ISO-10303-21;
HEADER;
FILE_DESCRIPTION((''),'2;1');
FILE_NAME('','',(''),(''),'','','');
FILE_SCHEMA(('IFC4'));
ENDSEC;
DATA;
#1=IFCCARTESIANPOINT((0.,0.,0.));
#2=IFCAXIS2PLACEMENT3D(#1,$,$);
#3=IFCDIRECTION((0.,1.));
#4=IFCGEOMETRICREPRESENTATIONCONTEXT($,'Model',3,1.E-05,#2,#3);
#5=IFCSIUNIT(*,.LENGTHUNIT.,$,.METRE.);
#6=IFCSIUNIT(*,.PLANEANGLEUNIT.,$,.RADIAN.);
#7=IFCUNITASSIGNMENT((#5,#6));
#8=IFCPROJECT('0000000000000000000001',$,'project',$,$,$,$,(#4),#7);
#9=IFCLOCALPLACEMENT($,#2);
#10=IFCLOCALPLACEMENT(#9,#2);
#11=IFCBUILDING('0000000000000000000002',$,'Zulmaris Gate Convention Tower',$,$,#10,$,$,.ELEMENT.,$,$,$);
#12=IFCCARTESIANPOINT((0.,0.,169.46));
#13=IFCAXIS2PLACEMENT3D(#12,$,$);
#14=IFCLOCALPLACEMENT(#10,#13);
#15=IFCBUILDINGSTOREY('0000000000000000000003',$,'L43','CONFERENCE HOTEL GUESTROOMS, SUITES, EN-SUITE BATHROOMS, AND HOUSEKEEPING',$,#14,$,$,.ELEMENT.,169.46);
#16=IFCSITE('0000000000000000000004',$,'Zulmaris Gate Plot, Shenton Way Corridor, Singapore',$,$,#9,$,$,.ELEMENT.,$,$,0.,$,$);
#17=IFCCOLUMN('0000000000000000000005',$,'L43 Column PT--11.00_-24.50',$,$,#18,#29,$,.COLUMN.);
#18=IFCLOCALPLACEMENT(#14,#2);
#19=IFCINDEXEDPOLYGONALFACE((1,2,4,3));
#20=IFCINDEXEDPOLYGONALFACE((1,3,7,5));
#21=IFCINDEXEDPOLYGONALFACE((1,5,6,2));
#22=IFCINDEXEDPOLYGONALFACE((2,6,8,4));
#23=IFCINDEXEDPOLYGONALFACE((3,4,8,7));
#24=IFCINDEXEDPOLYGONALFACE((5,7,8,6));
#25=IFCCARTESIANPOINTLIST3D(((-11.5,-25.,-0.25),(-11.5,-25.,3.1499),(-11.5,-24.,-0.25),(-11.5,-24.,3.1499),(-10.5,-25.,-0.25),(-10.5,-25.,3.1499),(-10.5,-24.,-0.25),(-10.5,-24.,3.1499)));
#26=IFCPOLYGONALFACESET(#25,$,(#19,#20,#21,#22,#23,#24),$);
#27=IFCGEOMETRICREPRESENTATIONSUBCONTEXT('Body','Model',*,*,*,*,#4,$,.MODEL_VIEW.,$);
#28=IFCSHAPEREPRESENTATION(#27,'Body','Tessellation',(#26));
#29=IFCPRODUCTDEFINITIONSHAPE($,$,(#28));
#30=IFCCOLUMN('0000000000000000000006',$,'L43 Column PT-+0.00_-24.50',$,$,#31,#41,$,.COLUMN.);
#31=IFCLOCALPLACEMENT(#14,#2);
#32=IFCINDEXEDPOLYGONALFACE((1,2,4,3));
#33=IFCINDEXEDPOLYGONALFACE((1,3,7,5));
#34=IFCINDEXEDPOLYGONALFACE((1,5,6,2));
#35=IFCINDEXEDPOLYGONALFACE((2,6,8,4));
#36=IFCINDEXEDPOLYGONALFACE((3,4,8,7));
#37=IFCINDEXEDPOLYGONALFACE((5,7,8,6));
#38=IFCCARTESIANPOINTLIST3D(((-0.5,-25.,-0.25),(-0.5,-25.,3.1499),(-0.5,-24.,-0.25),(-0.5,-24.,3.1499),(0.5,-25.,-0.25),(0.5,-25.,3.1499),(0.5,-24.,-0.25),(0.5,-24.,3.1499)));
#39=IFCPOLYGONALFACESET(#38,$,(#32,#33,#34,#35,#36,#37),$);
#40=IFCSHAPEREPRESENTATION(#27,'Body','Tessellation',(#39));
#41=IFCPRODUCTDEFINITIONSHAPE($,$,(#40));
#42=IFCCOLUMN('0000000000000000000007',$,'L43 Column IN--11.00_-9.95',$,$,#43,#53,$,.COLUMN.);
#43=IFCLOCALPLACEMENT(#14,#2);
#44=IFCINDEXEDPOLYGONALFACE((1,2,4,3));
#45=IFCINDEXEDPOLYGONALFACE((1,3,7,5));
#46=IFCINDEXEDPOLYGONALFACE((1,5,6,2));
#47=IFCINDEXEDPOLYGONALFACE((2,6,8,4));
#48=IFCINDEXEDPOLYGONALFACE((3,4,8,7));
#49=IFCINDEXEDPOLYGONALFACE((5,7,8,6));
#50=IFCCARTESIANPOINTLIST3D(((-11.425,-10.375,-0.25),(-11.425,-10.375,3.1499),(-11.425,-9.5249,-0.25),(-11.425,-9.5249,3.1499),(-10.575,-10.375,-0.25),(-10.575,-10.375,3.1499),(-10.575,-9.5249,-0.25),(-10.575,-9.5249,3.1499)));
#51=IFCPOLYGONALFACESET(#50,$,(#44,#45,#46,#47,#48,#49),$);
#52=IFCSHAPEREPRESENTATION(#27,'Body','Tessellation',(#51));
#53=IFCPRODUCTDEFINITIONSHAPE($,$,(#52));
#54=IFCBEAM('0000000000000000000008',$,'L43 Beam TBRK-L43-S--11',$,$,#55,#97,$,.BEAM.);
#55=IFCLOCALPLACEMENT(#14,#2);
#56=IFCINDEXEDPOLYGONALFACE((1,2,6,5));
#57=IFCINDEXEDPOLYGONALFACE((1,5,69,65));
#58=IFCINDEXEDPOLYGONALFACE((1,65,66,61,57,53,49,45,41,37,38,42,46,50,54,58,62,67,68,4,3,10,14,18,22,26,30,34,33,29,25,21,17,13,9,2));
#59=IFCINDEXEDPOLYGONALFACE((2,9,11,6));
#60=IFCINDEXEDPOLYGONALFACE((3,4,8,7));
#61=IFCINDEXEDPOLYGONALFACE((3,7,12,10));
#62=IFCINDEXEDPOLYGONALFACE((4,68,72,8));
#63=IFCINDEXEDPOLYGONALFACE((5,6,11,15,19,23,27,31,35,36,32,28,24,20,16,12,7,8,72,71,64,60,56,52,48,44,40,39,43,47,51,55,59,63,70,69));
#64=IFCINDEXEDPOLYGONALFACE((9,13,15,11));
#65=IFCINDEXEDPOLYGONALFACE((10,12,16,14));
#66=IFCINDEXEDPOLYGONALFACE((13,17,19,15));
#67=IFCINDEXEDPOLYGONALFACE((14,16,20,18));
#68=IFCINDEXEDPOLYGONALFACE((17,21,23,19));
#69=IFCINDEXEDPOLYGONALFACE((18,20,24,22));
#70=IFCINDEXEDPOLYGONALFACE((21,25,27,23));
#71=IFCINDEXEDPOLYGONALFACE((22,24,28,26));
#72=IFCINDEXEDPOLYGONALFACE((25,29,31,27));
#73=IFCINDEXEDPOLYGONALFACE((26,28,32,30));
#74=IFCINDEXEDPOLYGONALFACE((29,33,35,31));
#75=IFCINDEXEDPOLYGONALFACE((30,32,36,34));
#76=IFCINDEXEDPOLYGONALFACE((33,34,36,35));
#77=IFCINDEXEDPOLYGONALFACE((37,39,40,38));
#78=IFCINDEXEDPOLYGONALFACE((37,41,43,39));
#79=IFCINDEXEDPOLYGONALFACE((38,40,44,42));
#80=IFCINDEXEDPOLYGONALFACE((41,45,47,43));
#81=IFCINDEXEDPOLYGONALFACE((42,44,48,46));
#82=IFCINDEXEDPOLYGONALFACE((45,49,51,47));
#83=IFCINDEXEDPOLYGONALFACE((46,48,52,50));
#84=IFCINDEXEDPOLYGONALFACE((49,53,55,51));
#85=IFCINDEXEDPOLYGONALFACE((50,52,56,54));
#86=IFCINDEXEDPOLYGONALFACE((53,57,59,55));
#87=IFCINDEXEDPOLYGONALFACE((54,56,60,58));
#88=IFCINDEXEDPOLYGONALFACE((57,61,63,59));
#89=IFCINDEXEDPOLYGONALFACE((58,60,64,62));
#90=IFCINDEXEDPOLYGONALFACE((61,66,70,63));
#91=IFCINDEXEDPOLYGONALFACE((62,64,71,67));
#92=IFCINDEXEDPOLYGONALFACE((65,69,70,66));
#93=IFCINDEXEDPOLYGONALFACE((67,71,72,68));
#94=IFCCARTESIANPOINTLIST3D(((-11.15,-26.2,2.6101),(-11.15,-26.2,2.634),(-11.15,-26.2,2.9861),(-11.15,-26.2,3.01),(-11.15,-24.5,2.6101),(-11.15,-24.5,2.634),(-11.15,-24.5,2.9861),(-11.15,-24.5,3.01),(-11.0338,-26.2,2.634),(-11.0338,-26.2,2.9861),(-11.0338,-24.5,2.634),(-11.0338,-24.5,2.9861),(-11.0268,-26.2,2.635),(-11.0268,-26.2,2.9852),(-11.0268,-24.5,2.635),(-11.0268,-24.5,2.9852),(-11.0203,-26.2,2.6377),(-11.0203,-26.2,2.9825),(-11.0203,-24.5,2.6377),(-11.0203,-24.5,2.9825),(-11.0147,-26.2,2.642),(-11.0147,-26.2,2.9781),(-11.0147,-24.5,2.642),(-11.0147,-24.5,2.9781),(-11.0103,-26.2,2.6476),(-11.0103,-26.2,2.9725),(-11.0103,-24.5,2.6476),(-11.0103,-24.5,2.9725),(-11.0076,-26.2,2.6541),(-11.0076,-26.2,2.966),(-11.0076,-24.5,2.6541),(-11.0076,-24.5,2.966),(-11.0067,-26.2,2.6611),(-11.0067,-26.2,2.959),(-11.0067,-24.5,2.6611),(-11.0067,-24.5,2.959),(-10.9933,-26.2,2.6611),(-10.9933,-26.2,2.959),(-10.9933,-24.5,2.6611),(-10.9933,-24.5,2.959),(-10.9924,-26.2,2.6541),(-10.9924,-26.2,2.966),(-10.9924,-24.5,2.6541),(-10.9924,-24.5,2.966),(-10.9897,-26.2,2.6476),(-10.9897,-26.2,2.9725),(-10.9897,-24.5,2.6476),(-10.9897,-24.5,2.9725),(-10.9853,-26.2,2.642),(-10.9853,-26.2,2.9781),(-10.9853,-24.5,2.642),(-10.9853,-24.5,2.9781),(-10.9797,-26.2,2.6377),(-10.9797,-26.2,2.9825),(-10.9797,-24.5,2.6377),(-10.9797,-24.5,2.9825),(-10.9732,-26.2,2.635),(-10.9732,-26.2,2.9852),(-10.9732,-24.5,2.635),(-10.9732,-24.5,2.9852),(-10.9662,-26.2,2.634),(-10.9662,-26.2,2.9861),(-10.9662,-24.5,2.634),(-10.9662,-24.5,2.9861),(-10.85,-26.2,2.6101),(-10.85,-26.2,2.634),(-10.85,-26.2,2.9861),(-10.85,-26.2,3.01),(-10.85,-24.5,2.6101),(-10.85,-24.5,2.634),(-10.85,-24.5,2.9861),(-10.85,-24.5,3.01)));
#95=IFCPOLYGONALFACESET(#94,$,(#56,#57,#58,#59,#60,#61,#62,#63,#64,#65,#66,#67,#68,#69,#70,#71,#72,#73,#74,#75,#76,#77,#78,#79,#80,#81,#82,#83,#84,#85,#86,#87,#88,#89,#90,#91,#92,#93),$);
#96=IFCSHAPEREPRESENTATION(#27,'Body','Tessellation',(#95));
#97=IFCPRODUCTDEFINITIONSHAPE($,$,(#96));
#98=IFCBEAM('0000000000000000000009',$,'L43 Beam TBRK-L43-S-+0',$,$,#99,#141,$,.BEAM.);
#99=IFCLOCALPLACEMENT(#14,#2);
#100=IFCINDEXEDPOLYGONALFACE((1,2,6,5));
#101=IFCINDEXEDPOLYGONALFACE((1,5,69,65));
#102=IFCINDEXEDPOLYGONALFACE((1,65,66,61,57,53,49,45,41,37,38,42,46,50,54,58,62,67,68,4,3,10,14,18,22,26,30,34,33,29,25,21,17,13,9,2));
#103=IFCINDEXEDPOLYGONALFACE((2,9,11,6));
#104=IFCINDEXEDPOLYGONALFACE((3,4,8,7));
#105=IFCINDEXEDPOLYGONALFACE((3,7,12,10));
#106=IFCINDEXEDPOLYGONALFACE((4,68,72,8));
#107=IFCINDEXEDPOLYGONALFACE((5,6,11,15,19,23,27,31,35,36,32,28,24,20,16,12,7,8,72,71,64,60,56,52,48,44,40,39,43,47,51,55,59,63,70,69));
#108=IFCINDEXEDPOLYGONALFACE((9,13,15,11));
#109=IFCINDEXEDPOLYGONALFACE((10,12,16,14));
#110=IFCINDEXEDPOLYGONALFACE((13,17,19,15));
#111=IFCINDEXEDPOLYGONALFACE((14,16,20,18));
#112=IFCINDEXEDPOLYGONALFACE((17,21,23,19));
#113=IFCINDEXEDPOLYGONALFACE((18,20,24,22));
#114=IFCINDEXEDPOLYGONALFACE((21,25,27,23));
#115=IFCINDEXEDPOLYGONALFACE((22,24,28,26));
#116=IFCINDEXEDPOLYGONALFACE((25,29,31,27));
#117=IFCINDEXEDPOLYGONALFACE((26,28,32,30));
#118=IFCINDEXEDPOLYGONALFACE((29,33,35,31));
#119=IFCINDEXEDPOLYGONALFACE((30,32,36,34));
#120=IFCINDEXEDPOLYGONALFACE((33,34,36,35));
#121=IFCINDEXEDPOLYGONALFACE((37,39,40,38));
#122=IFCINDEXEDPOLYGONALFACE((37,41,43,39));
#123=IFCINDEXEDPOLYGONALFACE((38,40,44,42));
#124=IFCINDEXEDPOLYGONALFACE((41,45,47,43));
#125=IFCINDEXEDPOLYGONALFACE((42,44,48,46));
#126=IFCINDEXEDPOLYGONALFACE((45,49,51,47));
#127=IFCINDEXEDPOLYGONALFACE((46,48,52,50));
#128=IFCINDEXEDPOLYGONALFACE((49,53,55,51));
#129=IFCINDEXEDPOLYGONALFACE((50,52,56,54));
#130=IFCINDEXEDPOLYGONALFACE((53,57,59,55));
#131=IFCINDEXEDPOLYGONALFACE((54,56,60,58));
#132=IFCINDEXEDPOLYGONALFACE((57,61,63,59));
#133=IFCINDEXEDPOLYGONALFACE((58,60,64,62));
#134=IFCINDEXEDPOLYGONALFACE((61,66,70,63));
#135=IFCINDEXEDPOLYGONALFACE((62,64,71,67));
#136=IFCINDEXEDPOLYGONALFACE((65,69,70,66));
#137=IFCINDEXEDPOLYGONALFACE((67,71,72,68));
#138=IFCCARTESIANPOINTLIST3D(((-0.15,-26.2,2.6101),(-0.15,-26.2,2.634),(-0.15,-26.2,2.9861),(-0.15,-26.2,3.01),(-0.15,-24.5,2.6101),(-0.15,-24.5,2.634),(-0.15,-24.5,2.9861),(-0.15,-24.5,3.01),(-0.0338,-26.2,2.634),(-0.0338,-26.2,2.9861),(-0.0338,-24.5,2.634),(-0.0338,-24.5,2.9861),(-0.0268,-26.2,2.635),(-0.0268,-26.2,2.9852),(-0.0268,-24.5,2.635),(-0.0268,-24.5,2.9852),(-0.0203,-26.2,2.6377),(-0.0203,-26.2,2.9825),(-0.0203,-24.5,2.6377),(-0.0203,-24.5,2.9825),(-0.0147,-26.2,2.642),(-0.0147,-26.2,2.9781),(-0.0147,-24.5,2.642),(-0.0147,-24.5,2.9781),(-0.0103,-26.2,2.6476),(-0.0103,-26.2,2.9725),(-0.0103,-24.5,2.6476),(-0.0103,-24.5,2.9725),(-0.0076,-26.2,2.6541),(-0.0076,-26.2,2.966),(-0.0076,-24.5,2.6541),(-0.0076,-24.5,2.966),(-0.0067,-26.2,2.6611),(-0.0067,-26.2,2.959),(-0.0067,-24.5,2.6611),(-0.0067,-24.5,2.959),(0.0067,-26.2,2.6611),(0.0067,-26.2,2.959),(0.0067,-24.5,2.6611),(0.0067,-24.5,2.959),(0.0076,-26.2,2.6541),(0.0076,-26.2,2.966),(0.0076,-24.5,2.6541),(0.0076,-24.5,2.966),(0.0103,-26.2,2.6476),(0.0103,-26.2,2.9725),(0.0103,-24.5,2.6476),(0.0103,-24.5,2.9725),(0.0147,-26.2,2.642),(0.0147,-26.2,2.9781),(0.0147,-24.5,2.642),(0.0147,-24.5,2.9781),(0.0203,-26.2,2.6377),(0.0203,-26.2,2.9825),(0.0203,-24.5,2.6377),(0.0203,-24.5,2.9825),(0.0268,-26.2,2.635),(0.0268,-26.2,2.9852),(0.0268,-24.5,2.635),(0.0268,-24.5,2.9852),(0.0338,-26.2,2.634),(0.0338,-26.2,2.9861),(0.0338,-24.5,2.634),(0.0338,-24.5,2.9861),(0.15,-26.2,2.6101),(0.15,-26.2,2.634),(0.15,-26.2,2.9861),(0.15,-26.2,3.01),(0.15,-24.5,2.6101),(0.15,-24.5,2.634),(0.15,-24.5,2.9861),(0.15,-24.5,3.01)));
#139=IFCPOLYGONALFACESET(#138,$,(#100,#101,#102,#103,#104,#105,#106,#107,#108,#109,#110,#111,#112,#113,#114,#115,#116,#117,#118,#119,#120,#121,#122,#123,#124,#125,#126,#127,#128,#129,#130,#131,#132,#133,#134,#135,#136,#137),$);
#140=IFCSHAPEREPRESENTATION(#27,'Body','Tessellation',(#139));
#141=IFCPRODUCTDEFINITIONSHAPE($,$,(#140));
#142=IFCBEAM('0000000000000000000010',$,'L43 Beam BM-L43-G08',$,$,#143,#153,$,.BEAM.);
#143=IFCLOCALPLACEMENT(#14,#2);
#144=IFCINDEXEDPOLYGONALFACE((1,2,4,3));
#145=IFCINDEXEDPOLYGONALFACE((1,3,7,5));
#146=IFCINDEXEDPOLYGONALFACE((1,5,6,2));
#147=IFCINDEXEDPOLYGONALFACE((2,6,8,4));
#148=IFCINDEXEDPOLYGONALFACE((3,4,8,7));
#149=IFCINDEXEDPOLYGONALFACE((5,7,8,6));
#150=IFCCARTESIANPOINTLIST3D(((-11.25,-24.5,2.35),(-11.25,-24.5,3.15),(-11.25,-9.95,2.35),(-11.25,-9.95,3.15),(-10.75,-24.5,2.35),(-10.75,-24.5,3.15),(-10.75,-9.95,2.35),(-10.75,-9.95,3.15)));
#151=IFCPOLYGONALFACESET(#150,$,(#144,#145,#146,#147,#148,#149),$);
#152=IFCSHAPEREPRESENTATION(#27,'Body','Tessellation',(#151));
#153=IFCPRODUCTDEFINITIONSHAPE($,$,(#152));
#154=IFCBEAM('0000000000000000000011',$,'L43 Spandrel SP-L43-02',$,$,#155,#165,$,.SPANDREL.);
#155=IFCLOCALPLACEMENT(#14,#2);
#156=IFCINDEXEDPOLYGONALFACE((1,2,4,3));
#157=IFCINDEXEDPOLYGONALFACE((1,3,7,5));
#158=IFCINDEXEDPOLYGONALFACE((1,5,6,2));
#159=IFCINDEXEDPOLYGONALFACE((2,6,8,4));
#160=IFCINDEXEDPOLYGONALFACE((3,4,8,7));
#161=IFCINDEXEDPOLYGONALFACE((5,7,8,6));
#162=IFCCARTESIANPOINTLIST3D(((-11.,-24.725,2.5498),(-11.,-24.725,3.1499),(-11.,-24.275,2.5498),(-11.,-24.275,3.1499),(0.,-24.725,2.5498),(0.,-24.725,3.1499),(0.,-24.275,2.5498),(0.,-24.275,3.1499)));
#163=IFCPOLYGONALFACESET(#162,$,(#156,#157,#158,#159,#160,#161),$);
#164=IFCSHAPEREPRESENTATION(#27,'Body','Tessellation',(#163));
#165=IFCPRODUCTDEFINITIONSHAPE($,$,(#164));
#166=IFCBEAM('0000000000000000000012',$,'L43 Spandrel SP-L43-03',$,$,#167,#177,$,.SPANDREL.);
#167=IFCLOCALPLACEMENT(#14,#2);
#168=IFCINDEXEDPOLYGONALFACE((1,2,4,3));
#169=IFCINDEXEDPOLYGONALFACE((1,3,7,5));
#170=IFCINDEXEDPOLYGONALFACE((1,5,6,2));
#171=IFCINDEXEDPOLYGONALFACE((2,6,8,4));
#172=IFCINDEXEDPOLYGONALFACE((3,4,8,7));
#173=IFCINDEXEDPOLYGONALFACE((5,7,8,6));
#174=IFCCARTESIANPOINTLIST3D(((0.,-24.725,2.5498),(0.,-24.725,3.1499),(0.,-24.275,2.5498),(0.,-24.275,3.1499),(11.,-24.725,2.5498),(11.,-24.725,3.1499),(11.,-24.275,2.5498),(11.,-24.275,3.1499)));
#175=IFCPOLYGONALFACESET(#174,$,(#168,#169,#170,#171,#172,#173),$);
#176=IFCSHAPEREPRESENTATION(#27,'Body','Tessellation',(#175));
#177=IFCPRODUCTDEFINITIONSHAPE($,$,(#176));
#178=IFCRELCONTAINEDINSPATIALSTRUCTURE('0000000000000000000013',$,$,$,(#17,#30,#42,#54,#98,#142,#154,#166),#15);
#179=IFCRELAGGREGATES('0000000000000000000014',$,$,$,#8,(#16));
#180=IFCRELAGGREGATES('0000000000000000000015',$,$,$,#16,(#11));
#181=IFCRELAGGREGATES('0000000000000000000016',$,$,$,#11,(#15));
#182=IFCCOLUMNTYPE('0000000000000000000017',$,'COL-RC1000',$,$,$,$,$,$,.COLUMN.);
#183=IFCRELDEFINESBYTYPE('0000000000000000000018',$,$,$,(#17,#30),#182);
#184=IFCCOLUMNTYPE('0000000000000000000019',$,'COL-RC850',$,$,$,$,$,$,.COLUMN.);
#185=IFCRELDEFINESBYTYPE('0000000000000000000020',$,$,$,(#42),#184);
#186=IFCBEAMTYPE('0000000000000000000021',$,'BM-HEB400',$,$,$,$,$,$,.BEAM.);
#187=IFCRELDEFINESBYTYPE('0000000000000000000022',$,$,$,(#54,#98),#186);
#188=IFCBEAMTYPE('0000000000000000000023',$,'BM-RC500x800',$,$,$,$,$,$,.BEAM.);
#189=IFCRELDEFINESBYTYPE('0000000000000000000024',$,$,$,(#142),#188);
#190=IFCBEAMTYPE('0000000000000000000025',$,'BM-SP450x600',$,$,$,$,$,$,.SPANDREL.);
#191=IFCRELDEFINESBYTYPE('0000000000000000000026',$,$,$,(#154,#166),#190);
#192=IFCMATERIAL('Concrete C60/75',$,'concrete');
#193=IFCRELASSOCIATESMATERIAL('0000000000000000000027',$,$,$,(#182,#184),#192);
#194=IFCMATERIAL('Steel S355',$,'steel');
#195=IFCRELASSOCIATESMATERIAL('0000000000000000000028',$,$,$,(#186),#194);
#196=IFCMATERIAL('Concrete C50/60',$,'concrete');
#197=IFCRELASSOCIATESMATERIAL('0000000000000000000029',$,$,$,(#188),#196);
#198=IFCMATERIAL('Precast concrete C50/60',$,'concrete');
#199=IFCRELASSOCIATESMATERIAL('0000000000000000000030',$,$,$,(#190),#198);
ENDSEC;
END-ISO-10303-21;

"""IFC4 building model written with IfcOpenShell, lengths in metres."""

from ifc_helpers import new_model, si_unit, direction, frame, origin, origin_2d, place, context, subcontext, project, spatial, rectangle, i_section, extrude, material, material_profile, profile_set, type_object, element, save


model = new_model("IFC4")

# Units and contexts
model_context = context("Model", 3, precision=1e-05, world=origin(), true_north=direction((0.0, 1.0)))
body_context = subcontext(model_context, "Body", "Model", "MODEL_VIEW")
ifc_project = project(units=[si_unit("LENGTHUNIT", "METRE"), si_unit("PLANEANGLEUNIT", "RADIAN")], contexts=[model_context])

# Site, building, storey
site_placement = place(None, origin())
site = spatial("IfcSite", under=ifc_project, at=site_placement, Name="Zulmaris Gate Plot, Shenton Way Corridor, Singapore", CompositionType="ELEMENT", RefElevation=0.0)
building_placement = place(site_placement, origin())
building = spatial("IfcBuilding", under=site, at=building_placement, Name="Zulmaris Gate Convention Tower", CompositionType="ELEMENT")
storey_placement = place(building_placement, frame((0.0, 0.0, 169.46)))
storey = spatial("IfcBuildingStorey", under=building, at=storey_placement, Name="L43", Description="CONFERENCE HOTEL GUESTROOMS, SUITES, EN-SUITE BATHROOMS, AND HOUSEKEEPING", CompositionType="ELEMENT", Elevation=169.46)

# Columns
ifc_material_1 = material(Name="Concrete C60/75", Category="concrete")
ifc_material_profile_1 = material_profile(ifc_material_1, rectangle(XDim=1.0, YDim=1.0, at=origin_2d()), Name="RC COL 1000x1000")
ifc_profile_set_1 = profile_set([ifc_material_profile_1], Name="Concrete C60/75")
column_type_1 = type_object("IfcColumnType", Name="COL-RC1000", PredefinedType="COLUMN", material=ifc_profile_set_1)
for number, where, z_axis, x_axis, name in (
    (1, (-11.0, -24.5, -0.25), (0.0, 0.0, 1.0), (1.0, 0.0, 0.0), "L43 Column PT--11.00_-24.50"),
    (2, (0.0, -24.5, -0.25), (0.0, 0.0, 1.0), (1.0, 0.0, 0.0), "L43 Column PT-+0.00_-24.50"),
):
    element("IfcColumn", number, at=place(storey_placement, frame(where, z_axis=z_axis, x_axis=x_axis)), inside=storey, type_object=column_type_1, Name=name, PredefinedType="COLUMN", context=body_context, shape_type="SweptSolid", body=[
        extrude(rectangle(XDim=1.0, YDim=1.0, at=origin_2d()), origin(), (0.0, 0.0, 1.0), 3.3999),
    ])
ifc_material_profile_2 = material_profile(ifc_material_1, rectangle(XDim=0.8501, YDim=0.8501, at=origin_2d()), Name="RC COL 850x850")
ifc_profile_set_2 = profile_set([ifc_material_profile_2], Name="Concrete C60/75")
column_type_2 = type_object("IfcColumnType", Name="COL-RC850", PredefinedType="COLUMN", material=ifc_profile_set_2)
column_placement = place(storey_placement, frame((-11.0, -9.95, -0.25), z_axis=(0.0, 0.0, 1.0), x_axis=(1.0, 0.0, 0.0)))
element("IfcColumn", 3, at=column_placement, inside=storey, type_object=column_type_2, Name="L43 Column IN--11.00_-9.95", PredefinedType="COLUMN", context=body_context, shape_type="SweptSolid", body=[
    extrude(rectangle(XDim=0.8501, YDim=0.8501, at=origin_2d()), origin(), (0.0, 0.0, 1.0), 3.3999),
])

# Beams
ifc_material_2 = material(Name="Steel S355", Category="steel")
ifc_material_profile_3 = material_profile(ifc_material_2, i_section(OverallWidth=0.3, OverallDepth=0.3999, WebThickness=0.0134, FlangeThickness=0.0239, FilletRadius=0.0271, at=origin_2d()), Name="HEB 400")
ifc_profile_set_3 = profile_set([ifc_material_profile_3], Name="Steel S355")
beam_type_1 = type_object("IfcBeamType", Name="BM-HEB400", PredefinedType="BEAM", material=ifc_profile_set_3)
for number, where, z_axis, x_axis, name in (
    (4, (-11.0, -26.2, 2.8101), (0.0, 1.0, 0.0), (-1.0, 0.0, 0.0), "L43 Beam TBRK-L43-S--11"),
    (5, (0.0, -26.2, 2.8101), (0.0, 1.0, 0.0), (-1.0, 0.0, 0.0), "L43 Beam TBRK-L43-S-+0"),
):
    element("IfcBeam", number, at=place(storey_placement, frame(where, z_axis=z_axis, x_axis=x_axis)), inside=storey, type_object=beam_type_1, Name=name, PredefinedType="BEAM", context=body_context, shape_type="SweptSolid", body=[
        extrude(i_section(OverallWidth=0.3, OverallDepth=0.3999, WebThickness=0.0134, FlangeThickness=0.0239, FilletRadius=0.0271, at=origin_2d()), origin(), (0.0, 0.0, 1.0), 1.7),
    ])
ifc_material_3 = material(Name="Concrete C50/60", Category="concrete")
ifc_material_profile_4 = material_profile(ifc_material_3, rectangle(XDim=0.5, YDim=0.8, at=origin_2d()), Name="RC BEAM 500x800")
ifc_profile_set_4 = profile_set([ifc_material_profile_4], Name="Concrete C50/60")
beam_type_2 = type_object("IfcBeamType", Name="BM-RC500x800", PredefinedType="BEAM", material=ifc_profile_set_4)
beam_placement = place(storey_placement, frame((-11.0, -24.5, 2.75), z_axis=(0.0, 1.0, 0.0), x_axis=(-1.0, 0.0, 0.0)))
element("IfcBeam", 6, at=beam_placement, inside=storey, type_object=beam_type_2, Name="L43 Beam BM-L43-G08", PredefinedType="BEAM", context=body_context, shape_type="SweptSolid", body=[
    extrude(rectangle(XDim=0.5, YDim=0.8, at=origin_2d()), origin(), (0.0, 0.0, 1.0), 14.55),
])
ifc_material_4 = material(Name="Precast concrete C50/60", Category="concrete")
ifc_material_profile_5 = material_profile(ifc_material_4, rectangle(XDim=0.45, YDim=0.6001, at=origin_2d()), Name="RC SPANDREL 450x600")
ifc_profile_set_5 = profile_set([ifc_material_profile_5], Name="Precast concrete C50/60")
beam_type_3 = type_object("IfcBeamType", Name="BM-SP450x600", PredefinedType="SPANDREL", material=ifc_profile_set_5)
for number, where, z_axis, x_axis, name in (
    (7, (-11.0, -24.5, 2.8499), (1.0, 0.0, 0.0), (0.0, 1.0, 0.0), "L43 Spandrel SP-L43-02"),
    (8, (0.0, -24.5, 2.8499), (1.0, 0.0, 0.0), (0.0, 1.0, 0.0), "L43 Spandrel SP-L43-03"),
):
    element("IfcBeam", number, at=place(storey_placement, frame(where, z_axis=z_axis, x_axis=x_axis)), inside=storey, type_object=beam_type_3, Name=name, PredefinedType="SPANDREL", context=body_context, shape_type="SweptSolid", body=[
        extrude(rectangle(XDim=0.45, YDim=0.6001, at=origin_2d()), origin(), (0.0, 0.0, 1.0), 11.0),
    ])

save(model, "model.ifc")
